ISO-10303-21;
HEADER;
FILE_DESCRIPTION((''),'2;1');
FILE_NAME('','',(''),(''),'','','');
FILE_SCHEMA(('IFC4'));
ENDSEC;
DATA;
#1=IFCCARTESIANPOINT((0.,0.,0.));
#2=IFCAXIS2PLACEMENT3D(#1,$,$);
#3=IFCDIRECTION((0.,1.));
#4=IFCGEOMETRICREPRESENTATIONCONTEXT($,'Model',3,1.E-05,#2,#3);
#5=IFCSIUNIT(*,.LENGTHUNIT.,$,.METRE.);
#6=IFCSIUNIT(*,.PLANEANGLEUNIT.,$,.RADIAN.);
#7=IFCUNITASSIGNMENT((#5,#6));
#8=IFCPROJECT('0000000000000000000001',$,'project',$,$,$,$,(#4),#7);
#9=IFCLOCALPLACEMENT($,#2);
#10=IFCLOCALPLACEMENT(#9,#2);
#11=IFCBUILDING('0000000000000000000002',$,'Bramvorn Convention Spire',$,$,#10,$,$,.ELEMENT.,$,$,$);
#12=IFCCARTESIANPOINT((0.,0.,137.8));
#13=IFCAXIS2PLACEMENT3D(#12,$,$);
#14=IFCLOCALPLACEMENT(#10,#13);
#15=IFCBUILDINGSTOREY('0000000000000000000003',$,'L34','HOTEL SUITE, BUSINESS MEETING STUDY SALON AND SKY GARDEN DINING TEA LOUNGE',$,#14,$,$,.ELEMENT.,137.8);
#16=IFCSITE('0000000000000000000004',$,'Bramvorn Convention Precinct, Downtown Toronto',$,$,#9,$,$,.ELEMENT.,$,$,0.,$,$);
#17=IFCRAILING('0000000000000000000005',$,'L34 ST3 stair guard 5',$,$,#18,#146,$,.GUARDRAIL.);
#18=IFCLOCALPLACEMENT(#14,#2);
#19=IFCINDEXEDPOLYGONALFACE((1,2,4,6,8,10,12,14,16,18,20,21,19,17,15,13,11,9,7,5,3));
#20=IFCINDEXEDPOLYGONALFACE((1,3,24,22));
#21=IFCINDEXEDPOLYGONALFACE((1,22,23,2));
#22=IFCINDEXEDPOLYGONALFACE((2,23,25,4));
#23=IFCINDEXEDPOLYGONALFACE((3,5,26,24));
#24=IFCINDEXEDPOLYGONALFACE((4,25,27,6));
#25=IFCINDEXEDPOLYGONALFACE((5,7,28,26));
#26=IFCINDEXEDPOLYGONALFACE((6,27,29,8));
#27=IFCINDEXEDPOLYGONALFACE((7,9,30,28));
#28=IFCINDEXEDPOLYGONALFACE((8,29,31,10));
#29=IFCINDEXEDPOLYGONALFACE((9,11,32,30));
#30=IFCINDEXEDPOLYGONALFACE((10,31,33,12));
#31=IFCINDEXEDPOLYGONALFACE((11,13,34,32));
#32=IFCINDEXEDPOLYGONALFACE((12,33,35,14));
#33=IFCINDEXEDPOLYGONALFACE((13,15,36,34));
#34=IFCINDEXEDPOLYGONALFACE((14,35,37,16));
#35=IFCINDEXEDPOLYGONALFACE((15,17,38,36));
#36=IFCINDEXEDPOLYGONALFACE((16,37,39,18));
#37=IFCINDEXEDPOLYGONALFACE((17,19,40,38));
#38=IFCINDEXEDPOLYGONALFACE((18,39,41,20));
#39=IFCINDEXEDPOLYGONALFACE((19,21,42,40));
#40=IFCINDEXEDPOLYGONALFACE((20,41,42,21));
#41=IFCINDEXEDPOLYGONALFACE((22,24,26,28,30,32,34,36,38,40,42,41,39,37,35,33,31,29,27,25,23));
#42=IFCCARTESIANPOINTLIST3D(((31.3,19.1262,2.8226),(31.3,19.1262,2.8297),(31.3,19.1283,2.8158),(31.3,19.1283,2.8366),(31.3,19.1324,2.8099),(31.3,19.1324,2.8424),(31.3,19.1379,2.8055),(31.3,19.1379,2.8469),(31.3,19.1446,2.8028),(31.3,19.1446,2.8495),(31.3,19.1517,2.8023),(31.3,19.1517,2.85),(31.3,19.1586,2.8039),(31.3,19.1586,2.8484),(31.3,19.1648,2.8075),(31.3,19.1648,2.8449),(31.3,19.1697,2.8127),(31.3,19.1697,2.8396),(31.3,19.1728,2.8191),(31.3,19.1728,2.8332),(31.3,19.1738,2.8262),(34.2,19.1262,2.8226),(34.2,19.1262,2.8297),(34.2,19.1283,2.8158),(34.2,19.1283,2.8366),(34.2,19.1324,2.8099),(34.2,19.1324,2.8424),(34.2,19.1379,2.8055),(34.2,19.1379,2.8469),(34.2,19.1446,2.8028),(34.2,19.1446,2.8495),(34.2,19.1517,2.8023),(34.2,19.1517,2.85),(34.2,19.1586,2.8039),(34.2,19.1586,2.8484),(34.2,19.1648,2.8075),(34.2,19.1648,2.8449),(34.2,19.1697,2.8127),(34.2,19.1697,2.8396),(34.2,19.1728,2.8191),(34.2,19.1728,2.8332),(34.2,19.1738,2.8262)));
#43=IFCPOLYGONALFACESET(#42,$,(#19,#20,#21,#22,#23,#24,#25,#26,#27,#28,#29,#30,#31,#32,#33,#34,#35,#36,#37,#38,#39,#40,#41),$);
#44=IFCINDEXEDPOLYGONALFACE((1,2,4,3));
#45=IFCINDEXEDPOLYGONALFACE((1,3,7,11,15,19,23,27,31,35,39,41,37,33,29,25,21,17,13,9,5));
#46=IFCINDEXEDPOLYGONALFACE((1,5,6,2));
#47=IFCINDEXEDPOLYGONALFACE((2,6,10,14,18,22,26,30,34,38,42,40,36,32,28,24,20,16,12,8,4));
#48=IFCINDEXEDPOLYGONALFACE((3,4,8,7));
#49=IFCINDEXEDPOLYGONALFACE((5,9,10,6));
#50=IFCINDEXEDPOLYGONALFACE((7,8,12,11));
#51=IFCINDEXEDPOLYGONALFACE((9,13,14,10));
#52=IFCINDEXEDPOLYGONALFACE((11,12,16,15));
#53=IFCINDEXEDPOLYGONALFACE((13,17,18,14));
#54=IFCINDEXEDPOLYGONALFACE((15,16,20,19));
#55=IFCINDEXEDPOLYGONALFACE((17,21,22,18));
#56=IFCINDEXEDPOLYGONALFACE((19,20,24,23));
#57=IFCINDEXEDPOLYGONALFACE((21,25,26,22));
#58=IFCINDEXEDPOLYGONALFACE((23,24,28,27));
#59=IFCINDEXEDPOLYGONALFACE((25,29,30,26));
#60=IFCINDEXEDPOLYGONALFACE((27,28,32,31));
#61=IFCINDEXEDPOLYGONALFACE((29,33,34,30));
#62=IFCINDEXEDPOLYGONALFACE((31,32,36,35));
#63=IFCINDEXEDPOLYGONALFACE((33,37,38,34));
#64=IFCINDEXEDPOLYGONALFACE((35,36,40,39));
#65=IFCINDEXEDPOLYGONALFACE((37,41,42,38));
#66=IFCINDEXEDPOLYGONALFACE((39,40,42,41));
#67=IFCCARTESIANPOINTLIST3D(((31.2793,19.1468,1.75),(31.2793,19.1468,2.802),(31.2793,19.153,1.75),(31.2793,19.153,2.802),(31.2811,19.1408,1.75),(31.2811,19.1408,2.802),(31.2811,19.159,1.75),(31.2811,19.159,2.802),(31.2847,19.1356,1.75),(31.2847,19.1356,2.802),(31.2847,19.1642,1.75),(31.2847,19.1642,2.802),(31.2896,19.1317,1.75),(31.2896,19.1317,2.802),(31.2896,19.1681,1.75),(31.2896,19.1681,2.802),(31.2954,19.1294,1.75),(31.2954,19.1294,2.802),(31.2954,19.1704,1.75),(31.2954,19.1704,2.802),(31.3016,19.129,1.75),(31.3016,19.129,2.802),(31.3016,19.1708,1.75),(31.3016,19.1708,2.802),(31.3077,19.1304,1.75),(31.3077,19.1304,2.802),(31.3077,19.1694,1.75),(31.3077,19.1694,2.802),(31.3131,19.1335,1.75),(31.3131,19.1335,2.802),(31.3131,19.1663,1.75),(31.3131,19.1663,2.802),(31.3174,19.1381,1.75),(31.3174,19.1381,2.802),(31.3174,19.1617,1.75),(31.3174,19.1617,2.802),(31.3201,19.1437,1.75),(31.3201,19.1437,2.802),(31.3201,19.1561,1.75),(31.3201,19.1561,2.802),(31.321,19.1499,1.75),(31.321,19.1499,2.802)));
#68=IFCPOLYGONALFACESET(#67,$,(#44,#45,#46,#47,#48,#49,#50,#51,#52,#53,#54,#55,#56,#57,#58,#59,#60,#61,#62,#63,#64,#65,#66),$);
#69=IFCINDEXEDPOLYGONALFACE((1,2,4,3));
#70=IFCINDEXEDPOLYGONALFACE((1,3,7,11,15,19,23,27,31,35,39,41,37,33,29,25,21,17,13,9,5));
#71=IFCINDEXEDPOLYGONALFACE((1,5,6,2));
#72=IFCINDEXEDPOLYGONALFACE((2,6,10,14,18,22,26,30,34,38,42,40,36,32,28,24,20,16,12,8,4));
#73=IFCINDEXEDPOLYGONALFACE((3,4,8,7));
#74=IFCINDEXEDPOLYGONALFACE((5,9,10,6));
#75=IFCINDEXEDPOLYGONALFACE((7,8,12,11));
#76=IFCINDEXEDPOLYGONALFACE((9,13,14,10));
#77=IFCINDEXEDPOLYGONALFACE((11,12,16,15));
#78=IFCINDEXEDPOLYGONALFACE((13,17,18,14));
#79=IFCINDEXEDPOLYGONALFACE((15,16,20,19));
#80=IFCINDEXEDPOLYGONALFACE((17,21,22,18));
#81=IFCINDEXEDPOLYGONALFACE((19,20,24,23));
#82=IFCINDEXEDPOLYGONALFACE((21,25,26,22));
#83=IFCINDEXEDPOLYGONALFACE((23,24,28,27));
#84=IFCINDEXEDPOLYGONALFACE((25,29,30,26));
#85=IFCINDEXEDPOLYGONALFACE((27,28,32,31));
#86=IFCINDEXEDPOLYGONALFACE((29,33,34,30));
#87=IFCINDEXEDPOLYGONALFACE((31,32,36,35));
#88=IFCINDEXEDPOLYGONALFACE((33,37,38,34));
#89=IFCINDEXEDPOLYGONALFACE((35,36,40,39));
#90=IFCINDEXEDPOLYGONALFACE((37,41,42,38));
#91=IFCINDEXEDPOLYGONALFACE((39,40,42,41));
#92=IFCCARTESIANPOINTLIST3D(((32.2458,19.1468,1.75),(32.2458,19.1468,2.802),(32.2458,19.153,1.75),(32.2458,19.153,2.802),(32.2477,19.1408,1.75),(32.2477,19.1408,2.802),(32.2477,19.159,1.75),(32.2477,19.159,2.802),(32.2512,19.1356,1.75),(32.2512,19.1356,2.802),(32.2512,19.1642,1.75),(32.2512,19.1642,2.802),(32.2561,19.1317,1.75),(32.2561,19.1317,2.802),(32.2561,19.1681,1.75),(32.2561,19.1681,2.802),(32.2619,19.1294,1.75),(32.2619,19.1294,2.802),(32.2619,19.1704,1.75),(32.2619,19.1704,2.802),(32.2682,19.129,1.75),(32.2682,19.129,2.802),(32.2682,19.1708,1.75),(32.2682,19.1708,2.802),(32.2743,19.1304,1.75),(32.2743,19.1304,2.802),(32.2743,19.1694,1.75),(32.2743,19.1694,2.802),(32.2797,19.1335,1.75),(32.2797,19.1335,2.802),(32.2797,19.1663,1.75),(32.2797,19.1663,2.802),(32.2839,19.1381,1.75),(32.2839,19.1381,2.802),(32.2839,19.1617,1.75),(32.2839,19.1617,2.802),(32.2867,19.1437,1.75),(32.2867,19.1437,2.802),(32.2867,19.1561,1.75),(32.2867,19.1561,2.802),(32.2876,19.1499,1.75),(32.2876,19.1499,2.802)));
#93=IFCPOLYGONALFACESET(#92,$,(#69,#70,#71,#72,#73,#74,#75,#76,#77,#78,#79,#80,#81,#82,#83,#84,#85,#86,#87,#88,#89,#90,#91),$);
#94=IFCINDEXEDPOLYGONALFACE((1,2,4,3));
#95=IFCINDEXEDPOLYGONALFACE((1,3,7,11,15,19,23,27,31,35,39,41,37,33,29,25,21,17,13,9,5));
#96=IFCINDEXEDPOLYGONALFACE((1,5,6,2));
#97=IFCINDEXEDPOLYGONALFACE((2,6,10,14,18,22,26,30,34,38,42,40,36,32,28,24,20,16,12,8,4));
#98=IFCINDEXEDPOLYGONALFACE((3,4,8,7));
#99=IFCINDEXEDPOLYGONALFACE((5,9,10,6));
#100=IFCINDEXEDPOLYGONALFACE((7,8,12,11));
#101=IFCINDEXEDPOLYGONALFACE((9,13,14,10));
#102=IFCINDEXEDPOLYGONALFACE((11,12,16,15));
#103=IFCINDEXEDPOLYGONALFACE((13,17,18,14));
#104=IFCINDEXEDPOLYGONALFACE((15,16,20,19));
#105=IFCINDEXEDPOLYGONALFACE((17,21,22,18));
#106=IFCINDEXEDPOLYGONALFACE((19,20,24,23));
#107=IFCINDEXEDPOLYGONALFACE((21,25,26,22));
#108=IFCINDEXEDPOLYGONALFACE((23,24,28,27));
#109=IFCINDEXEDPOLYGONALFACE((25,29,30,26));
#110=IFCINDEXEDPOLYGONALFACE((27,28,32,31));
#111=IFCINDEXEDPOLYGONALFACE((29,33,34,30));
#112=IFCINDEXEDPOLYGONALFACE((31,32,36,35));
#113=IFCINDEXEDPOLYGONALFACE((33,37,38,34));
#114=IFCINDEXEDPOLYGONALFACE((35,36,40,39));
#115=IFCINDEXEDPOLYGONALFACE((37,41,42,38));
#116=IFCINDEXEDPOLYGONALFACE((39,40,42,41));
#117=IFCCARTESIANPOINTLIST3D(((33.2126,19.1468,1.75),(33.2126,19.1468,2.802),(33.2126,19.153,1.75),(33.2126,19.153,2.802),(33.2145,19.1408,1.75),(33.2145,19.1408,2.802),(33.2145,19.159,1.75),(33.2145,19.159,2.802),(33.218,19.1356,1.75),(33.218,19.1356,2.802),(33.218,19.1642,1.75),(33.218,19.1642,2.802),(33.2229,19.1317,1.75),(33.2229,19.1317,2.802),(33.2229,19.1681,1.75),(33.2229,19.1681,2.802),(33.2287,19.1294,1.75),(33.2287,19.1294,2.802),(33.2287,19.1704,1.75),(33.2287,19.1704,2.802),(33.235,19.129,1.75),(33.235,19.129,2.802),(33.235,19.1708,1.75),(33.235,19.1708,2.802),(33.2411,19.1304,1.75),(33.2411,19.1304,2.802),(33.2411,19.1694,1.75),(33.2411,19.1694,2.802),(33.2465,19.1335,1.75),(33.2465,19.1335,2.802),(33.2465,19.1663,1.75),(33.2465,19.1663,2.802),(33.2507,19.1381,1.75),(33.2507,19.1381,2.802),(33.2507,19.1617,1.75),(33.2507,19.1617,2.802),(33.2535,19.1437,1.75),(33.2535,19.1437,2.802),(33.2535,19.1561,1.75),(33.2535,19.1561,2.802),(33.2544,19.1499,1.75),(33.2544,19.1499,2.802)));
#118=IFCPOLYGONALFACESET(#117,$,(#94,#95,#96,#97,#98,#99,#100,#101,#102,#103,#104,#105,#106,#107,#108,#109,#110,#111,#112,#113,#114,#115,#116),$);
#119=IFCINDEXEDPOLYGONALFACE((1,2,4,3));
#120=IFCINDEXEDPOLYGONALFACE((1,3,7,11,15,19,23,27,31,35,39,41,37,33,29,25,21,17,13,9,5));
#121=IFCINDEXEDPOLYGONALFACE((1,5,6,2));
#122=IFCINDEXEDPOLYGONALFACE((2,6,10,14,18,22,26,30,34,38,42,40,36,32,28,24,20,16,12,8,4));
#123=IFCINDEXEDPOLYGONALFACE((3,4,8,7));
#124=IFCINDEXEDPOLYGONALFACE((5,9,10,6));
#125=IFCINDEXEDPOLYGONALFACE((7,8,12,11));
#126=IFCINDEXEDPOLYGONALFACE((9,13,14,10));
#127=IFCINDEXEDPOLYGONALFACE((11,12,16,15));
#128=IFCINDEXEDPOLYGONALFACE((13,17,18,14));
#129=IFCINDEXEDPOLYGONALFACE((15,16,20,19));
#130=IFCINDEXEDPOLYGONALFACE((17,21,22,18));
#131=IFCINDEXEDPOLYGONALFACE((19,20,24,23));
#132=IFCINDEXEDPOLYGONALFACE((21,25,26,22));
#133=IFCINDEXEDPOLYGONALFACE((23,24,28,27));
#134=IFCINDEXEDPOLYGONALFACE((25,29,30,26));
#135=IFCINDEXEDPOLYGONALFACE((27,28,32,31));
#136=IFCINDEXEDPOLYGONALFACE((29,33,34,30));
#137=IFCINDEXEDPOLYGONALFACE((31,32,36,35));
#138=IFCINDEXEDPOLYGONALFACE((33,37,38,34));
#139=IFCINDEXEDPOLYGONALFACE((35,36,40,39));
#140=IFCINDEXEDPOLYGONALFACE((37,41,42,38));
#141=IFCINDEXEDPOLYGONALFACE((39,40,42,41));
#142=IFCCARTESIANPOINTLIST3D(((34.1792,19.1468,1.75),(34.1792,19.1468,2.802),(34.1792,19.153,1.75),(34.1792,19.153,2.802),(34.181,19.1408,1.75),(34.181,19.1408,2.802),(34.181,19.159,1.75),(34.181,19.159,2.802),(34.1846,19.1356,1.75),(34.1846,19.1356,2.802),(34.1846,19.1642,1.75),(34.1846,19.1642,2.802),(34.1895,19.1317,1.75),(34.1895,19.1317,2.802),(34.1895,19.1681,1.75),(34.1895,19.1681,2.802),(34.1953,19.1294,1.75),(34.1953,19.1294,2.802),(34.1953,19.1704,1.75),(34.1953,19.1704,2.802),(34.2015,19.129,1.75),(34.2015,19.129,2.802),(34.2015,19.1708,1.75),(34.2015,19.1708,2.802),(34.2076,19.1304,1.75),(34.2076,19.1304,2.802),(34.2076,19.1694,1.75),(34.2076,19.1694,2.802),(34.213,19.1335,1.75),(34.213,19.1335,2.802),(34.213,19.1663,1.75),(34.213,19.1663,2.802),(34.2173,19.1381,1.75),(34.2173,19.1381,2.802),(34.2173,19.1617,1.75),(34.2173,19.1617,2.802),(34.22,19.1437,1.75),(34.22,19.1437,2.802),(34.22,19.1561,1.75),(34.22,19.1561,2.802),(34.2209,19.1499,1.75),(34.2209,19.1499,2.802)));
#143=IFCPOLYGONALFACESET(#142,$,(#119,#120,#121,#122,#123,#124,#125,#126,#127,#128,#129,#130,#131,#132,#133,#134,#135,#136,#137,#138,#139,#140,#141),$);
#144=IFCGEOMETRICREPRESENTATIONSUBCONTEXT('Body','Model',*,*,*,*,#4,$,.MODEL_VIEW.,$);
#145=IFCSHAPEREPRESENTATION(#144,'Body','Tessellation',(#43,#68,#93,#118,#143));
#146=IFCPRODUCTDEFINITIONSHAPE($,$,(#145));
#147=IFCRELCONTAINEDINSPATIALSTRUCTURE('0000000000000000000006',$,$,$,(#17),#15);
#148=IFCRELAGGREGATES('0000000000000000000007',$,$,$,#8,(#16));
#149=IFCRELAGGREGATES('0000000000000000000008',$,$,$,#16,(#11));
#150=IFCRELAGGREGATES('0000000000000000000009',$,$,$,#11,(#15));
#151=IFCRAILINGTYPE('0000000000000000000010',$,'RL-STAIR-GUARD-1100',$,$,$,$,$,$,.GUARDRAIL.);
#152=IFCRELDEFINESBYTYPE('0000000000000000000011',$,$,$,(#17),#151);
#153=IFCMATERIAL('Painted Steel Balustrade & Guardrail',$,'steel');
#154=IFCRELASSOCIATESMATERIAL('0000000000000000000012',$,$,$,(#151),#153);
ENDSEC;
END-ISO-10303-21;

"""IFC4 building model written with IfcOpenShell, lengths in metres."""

from ifc_helpers import new_model, si_unit, direction, frame, origin, origin_2d, place, context, subcontext, project, spatial, circle, extrude, material, type_object, element, save


model = new_model("IFC4")

# Units and contexts
model_context = context("Model", 3, precision=1e-05, world=origin(), true_north=direction((0.0, 1.0)))
body_context = subcontext(model_context, "Body", "Model", "MODEL_VIEW")
ifc_project = project(units=[si_unit("LENGTHUNIT", "METRE"), si_unit("PLANEANGLEUNIT", "RADIAN")], contexts=[model_context])

# Site, building, storey
site_placement = place(None, origin())
site = spatial("IfcSite", under=ifc_project, at=site_placement, Name="Bramvorn Convention Precinct, Downtown Toronto", CompositionType="ELEMENT", RefElevation=0.0)
building_placement = place(site_placement, origin())
building = spatial("IfcBuilding", under=site, at=building_placement, Name="Bramvorn Convention Spire", CompositionType="ELEMENT")
storey_placement = place(building_placement, frame((0.0, 0.0, 137.8)))
storey = spatial("IfcBuildingStorey", under=building, at=storey_placement, Name="L34", Description="HOTEL SUITE, BUSINESS MEETING STUDY SALON AND SKY GARDEN DINING TEA LOUNGE", CompositionType="ELEMENT", Elevation=137.8)

# Railing
ifc_material_1 = material(Name="Painted Steel Balustrade & Guardrail", Category="steel")
railing_type = type_object("IfcRailingType", Name="RL-STAIR-GUARD-1100", PredefinedType="GUARDRAIL", material=ifc_material_1)
railing_1_placement = place(storey_placement, frame((31.3, 19.1499, 1.75)))
element("IfcRailing", 1, at=railing_1_placement, inside=storey, type_object=railing_type, Name="L34 ST3 stair guard 5", PredefinedType="GUARDRAIL", context=body_context, shape_type="SweptSolid", body=[
    extrude(circle(Radius=0.0239, at=origin_2d()), frame((0.0, 0.0, 1.0762), z_axis=(1.0, 0.0, 0.0), x_axis=(0.0, 1.0, 0.0)), (0.0, 0.0, 1.0), 2.8999),
    extrude(circle(Radius=0.021, at=origin_2d()), origin(), (0.0, 0.0, 1.0), 1.052),
    extrude(circle(Radius=0.021, at=origin_2d()), frame((0.9666, 0.0, 0.0)), (0.0, 0.0, 1.0), 1.052),
    extrude(circle(Radius=0.021, at=origin_2d()), frame((1.9333, 0.0, 0.0)), (0.0, 0.0, 1.0), 1.052),
    extrude(circle(Radius=0.021, at=origin_2d()), frame((2.8999, 0.0, 0.0)), (0.0, 0.0, 1.0), 1.052),
])

save(model, "model.ifc")
